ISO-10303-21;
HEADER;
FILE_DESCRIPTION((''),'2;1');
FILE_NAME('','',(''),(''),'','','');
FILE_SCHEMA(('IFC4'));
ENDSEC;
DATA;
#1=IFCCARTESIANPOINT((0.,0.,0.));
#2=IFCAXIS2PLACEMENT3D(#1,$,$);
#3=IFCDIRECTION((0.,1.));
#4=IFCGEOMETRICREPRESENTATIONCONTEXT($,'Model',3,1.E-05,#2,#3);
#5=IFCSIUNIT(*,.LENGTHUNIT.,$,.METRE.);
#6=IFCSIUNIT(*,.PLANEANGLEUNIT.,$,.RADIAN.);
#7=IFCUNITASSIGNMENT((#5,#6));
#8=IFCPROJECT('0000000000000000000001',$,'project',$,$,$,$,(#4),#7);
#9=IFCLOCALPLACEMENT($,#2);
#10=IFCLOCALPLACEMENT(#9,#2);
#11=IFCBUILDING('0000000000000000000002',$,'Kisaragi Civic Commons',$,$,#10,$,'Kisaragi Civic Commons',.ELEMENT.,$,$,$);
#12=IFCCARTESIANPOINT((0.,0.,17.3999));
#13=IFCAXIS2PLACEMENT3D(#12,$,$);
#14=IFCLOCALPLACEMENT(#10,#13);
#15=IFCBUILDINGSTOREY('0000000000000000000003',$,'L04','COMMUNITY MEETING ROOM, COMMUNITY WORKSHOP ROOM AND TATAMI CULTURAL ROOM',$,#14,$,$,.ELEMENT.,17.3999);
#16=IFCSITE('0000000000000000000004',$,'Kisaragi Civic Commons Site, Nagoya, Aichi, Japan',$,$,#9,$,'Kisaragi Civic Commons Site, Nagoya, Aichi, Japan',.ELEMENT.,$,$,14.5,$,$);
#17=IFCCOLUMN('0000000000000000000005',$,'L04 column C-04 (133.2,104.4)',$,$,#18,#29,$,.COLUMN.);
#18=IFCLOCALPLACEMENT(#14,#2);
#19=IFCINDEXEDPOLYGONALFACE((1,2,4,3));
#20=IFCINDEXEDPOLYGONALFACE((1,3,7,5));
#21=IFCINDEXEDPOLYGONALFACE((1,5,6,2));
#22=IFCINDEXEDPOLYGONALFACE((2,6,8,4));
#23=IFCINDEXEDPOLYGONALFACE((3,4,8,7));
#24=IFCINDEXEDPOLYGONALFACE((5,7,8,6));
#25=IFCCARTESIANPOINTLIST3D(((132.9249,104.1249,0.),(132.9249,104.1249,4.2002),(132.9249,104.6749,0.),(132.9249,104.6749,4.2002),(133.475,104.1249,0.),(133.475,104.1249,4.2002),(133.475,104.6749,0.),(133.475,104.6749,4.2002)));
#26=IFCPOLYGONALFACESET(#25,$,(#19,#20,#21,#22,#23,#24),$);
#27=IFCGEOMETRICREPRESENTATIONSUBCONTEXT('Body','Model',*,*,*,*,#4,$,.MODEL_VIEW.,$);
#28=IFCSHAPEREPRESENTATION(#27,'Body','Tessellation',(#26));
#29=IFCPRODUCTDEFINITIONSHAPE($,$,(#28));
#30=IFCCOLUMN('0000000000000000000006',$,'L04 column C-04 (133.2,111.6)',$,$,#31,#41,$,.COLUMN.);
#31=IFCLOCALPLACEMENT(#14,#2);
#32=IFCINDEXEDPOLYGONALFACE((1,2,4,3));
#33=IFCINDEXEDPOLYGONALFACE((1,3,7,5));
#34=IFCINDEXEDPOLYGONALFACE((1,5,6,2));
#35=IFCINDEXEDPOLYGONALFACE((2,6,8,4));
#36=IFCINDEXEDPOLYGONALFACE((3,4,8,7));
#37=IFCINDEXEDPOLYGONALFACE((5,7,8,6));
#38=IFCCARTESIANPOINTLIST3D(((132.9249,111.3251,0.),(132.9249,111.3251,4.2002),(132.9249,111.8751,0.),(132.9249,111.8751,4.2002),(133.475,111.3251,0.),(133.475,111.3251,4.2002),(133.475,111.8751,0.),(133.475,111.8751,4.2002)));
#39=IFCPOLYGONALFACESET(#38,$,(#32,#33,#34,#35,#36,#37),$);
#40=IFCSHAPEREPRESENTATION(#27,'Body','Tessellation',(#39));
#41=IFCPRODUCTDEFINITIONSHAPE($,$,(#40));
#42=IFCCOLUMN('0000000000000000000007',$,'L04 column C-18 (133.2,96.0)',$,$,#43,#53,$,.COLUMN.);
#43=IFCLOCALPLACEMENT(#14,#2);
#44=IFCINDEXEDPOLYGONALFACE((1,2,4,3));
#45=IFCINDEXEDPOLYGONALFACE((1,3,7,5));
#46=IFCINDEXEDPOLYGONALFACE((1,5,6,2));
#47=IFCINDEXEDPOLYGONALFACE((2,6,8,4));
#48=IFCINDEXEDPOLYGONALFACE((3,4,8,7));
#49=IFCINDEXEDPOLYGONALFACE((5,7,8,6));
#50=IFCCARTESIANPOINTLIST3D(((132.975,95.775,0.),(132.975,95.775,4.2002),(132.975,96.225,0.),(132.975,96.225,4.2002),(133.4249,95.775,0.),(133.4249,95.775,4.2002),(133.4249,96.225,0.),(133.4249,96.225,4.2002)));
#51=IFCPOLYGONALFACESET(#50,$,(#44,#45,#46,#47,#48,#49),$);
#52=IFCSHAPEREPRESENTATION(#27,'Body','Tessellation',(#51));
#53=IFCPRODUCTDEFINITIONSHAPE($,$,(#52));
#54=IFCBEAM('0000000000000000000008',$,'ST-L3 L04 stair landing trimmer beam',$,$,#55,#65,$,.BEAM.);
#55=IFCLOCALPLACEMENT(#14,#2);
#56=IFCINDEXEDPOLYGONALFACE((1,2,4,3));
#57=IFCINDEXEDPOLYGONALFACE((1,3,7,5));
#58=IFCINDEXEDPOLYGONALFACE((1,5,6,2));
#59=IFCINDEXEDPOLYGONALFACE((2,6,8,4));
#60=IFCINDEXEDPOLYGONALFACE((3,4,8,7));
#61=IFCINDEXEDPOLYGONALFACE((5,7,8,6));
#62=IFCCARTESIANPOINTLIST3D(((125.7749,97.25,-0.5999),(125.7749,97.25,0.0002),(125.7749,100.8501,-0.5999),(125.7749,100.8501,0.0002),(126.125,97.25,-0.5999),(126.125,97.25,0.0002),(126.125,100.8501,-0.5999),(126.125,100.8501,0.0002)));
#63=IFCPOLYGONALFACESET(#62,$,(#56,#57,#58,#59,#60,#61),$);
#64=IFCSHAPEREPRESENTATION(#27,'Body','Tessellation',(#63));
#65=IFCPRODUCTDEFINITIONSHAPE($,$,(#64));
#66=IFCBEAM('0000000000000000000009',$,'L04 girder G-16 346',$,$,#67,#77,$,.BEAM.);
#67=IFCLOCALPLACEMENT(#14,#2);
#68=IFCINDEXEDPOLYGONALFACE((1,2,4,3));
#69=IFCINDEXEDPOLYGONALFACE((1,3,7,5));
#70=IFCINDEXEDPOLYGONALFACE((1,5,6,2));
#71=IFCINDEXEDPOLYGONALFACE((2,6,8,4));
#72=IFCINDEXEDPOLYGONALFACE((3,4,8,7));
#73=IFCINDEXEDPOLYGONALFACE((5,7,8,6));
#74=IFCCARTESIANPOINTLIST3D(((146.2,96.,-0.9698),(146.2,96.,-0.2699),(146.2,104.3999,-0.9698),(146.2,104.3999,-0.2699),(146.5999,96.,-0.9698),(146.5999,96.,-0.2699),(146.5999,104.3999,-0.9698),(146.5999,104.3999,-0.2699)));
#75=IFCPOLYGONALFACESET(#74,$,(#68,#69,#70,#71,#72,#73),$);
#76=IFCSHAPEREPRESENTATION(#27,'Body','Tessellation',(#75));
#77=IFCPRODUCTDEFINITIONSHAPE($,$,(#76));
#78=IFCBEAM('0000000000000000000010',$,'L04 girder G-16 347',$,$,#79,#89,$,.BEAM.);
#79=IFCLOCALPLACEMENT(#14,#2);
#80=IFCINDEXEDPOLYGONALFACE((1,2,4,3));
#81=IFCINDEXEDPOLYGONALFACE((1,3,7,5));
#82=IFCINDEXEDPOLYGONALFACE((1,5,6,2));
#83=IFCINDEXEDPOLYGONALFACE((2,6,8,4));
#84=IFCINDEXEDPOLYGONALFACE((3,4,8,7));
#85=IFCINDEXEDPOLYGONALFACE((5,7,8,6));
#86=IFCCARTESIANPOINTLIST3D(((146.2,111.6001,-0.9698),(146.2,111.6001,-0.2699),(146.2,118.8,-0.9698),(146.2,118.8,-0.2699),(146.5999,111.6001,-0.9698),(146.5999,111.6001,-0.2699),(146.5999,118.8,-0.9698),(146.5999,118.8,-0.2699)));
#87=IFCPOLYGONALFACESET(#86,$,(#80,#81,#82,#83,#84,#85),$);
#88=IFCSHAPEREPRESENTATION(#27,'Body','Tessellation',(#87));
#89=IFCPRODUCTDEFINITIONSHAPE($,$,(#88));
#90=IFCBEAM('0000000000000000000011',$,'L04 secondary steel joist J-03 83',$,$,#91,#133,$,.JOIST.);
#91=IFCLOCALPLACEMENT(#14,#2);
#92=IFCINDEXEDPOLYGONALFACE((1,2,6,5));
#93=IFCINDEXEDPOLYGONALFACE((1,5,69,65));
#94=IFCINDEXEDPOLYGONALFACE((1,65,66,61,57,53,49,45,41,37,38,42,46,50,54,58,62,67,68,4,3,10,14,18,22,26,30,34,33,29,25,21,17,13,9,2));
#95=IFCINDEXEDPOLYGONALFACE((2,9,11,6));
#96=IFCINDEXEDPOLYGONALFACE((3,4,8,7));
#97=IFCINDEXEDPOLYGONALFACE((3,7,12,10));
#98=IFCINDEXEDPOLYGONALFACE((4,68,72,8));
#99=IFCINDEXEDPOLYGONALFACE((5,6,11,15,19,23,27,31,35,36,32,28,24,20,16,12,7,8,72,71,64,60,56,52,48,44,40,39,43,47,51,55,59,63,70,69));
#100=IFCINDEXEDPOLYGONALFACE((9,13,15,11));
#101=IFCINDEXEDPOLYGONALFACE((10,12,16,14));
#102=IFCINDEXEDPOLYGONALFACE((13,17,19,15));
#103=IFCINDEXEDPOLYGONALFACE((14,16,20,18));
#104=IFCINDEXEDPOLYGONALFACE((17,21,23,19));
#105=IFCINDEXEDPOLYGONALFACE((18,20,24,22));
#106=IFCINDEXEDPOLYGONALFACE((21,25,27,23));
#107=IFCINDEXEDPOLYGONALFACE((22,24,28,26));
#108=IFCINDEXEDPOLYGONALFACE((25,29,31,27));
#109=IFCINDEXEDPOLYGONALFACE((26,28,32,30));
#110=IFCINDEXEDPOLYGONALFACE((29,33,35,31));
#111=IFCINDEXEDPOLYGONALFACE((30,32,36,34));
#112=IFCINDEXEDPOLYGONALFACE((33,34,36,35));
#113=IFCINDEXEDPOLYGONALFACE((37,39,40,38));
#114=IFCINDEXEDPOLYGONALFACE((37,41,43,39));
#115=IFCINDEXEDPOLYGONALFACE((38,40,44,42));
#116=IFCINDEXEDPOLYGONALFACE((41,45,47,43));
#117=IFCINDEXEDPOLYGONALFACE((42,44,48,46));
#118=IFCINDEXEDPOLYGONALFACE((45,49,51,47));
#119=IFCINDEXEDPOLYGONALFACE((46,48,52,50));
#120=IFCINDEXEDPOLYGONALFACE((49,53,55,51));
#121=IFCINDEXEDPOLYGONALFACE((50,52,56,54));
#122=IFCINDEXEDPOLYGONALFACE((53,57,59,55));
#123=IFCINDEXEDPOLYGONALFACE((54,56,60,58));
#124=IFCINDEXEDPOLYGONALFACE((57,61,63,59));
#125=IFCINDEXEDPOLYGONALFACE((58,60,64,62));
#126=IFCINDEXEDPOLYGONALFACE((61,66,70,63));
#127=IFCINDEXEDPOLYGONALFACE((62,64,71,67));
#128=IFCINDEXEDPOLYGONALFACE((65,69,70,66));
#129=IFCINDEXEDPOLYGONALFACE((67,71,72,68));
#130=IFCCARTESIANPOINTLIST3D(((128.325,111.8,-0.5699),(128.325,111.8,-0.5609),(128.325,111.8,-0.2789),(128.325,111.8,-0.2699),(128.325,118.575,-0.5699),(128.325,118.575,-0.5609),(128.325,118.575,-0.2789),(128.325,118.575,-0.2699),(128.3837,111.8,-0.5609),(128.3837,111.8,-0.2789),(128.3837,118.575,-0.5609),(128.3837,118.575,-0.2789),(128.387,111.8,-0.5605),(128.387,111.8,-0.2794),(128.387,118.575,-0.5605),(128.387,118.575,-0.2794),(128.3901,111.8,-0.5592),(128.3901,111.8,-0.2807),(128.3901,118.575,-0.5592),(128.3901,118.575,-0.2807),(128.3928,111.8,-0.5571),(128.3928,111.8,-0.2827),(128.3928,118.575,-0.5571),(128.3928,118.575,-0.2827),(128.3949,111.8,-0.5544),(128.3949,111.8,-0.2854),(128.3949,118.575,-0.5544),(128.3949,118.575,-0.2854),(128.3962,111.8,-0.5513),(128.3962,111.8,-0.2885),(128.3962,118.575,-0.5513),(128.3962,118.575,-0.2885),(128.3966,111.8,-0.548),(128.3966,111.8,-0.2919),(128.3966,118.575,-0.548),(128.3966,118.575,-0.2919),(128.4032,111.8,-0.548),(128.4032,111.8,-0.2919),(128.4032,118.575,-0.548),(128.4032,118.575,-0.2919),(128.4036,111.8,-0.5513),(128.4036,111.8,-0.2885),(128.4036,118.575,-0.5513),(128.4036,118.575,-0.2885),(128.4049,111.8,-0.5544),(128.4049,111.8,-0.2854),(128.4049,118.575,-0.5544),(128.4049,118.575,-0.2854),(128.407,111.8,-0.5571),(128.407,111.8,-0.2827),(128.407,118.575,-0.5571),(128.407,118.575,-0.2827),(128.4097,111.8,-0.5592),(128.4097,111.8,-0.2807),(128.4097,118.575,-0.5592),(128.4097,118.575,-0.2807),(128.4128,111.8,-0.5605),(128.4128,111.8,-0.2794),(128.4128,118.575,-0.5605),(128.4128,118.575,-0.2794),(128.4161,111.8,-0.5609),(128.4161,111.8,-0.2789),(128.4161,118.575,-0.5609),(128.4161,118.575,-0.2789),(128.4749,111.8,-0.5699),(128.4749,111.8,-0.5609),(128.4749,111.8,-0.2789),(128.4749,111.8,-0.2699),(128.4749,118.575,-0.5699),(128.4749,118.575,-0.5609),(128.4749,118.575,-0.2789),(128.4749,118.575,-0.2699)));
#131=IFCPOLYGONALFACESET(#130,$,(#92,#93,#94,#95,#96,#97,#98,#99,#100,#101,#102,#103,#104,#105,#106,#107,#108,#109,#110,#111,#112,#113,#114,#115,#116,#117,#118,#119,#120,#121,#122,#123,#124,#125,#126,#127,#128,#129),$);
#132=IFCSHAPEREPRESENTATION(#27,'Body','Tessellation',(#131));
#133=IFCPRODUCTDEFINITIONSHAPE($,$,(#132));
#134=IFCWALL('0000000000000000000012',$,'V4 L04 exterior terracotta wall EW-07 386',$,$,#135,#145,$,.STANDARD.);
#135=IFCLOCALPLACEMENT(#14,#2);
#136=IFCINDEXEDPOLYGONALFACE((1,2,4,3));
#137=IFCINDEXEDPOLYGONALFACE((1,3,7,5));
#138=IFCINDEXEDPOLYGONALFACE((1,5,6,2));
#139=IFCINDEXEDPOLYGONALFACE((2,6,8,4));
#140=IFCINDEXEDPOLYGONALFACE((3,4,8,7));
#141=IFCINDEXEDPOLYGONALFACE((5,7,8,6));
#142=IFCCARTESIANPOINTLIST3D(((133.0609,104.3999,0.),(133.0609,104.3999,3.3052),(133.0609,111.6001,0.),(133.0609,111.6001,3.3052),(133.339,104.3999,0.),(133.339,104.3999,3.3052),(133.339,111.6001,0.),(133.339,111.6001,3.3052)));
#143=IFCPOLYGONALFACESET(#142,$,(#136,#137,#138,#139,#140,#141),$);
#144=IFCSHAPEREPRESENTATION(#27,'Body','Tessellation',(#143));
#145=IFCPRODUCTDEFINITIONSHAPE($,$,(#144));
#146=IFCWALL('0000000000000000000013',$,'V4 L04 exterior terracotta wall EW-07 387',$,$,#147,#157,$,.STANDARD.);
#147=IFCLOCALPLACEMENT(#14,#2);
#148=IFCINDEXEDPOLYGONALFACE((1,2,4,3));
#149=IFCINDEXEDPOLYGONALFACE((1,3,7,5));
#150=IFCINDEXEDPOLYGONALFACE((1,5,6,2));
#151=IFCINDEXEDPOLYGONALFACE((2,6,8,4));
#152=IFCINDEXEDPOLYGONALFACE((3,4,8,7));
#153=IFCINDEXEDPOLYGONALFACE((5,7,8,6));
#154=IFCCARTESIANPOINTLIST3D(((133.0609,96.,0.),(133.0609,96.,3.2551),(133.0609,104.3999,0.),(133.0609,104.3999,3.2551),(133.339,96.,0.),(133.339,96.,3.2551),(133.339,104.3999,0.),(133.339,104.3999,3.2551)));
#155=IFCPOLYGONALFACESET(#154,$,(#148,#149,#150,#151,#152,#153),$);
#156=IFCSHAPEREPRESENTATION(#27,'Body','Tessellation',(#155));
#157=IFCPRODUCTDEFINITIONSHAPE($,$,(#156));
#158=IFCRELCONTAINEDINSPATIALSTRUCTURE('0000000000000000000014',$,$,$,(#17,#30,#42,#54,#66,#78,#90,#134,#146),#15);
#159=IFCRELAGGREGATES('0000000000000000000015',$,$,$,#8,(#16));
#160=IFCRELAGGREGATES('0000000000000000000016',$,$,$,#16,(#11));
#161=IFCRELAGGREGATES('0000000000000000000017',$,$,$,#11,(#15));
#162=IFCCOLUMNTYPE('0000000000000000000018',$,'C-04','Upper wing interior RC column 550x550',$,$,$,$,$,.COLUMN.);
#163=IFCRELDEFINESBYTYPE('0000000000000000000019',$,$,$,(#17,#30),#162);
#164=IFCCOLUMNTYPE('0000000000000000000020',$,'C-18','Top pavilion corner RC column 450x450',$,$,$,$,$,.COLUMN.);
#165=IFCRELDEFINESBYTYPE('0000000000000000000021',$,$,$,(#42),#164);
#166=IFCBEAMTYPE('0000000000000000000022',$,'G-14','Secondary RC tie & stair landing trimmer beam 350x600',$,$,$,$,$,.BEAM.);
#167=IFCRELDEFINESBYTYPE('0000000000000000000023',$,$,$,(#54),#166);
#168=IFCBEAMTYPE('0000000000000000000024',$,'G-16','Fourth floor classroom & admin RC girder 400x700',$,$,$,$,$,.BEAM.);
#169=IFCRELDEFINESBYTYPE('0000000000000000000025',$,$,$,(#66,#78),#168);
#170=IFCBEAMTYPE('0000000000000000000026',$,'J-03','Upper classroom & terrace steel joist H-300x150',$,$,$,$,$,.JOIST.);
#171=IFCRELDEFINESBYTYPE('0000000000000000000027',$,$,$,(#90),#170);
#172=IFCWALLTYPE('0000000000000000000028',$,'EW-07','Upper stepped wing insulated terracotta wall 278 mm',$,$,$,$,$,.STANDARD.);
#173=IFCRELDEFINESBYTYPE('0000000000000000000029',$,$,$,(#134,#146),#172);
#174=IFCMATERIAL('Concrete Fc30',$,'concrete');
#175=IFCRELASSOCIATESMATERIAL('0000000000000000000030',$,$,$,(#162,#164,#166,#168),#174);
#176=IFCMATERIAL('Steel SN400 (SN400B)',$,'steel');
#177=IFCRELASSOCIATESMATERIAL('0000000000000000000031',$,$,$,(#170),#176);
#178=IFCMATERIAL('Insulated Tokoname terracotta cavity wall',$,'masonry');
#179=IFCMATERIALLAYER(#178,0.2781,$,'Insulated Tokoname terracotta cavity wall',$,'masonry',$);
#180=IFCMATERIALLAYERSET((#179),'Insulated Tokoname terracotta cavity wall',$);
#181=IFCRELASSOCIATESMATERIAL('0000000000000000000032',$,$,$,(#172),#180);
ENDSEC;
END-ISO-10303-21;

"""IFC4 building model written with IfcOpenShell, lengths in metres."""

from ifc_helpers import new_model, si_unit, direction, frame, frame_2d, origin, origin_2d, place, context, subcontext, project, spatial, rectangle, i_section, extrude, material, layer, layer_set, material_profile, profile_set, type_object, element, save


model = new_model("IFC4")

# Units and contexts
model_context = context("Model", 3, precision=1e-05, world=origin(), true_north=direction((0.0, 1.0)))
body_context = subcontext(model_context, "Body", "Model", "MODEL_VIEW")
ifc_project = project(units=[si_unit("LENGTHUNIT", "METRE"), si_unit("PLANEANGLEUNIT", "RADIAN")], contexts=[model_context])

# Site, building, storey
site_placement = place(None, origin())
site = spatial("IfcSite", under=ifc_project, at=site_placement, Name="Kisaragi Civic Commons Site, Nagoya, Aichi, Japan", LongName="Kisaragi Civic Commons Site, Nagoya, Aichi, Japan", CompositionType="ELEMENT", RefElevation=14.5)
building_placement = place(site_placement, origin())
building = spatial("IfcBuilding", under=site, at=building_placement, Name="Kisaragi Civic Commons", LongName="Kisaragi Civic Commons", CompositionType="ELEMENT")
storey_placement = place(building_placement, frame((0.0, 0.0, 17.3999)))
storey = spatial("IfcBuildingStorey", under=building, at=storey_placement, Name="L04", Description="COMMUNITY MEETING ROOM, COMMUNITY WORKSHOP ROOM AND TATAMI CULTURAL ROOM", CompositionType="ELEMENT", Elevation=17.3999)

# Columns
ifc_material_1 = material(Name="Concrete Fc30", Category="concrete")
ifc_material_profile_1 = material_profile(ifc_material_1, rectangle(XDim=0.55, YDim=0.55, at=origin_2d()), Name="RC-550x550", Category="concrete")
ifc_profile_set_1 = profile_set([ifc_material_profile_1], Name="Concrete Fc30")
column_type_1 = type_object("IfcColumnType", Name="C-04", Description="Upper wing interior RC column 550x550", PredefinedType="COLUMN", material=ifc_profile_set_1)
for number, where, z_axis, x_axis, name in (
    (1, (133.2, 104.3999, 0.0), (0.0, 0.0, 1.0), (1.0, 0.0, 0.0), "L04 column C-04 (133.2,104.4)"),
    (2, (133.2, 111.6001, 0.0), (0.0, 0.0, 1.0), (1.0, 0.0, 0.0), "L04 column C-04 (133.2,111.6)"),
):
    element("IfcColumn", number, at=place(storey_placement, frame(where, z_axis=z_axis, x_axis=x_axis)), inside=storey, type_object=column_type_1, Name=name, PredefinedType="COLUMN", context=body_context, shape_type="SweptSolid", body=[
        extrude(rectangle(XDim=0.55, YDim=0.55, at=origin_2d()), origin(), (0.0, 0.0, 1.0), 4.2002),
    ])
ifc_material_profile_2 = material_profile(ifc_material_1, rectangle(XDim=0.45, YDim=0.45, at=origin_2d()), Name="RC-450x450", Category="concrete")
ifc_profile_set_2 = profile_set([ifc_material_profile_2], Name="Concrete Fc30")
column_type_2 = type_object("IfcColumnType", Name="C-18", Description="Top pavilion corner RC column 450x450", PredefinedType="COLUMN", material=ifc_profile_set_2)
column_placement = place(storey_placement, frame((133.2, 96.0, 0.0), z_axis=(0.0, 0.0, 1.0), x_axis=(1.0, 0.0, 0.0)))
element("IfcColumn", 3, at=column_placement, inside=storey, type_object=column_type_2, Name="L04 column C-18 (133.2,96.0)", PredefinedType="COLUMN", context=body_context, shape_type="SweptSolid", body=[
    extrude(rectangle(XDim=0.45, YDim=0.45, at=origin_2d()), origin(), (0.0, 0.0, 1.0), 4.2002),
])

# Beams
ifc_material_profile_3 = material_profile(ifc_material_1, rectangle(XDim=0.3501, YDim=0.6001, at=origin_2d()), Name="RC-350x600", Category="concrete")
ifc_profile_set_3 = profile_set([ifc_material_profile_3], Name="Concrete Fc30")
beam_type_1 = type_object("IfcBeamType", Name="G-14", Description="Secondary RC tie & stair landing trimmer beam 350x600", PredefinedType="BEAM", material=ifc_profile_set_3)
beam_1_placement = place(storey_placement, frame((125.95, 97.25, -0.2998), z_axis=(0.0, 1.0, 0.0), x_axis=(-1.0, 0.0, 0.0)))
element("IfcBeam", 4, at=beam_1_placement, inside=storey, type_object=beam_type_1, Name="ST-L3 L04 stair landing trimmer beam", PredefinedType="BEAM", context=body_context, shape_type="SweptSolid", body=[
    extrude(rectangle(XDim=0.3501, YDim=0.6001, at=origin_2d()), origin(), (0.0, 0.0, 1.0), 3.6001),
])
ifc_material_profile_4 = material_profile(ifc_material_1, rectangle(XDim=0.3999, YDim=0.7, at=origin_2d()), Name="RC-400x700", Category="concrete")
ifc_profile_set_4 = profile_set([ifc_material_profile_4], Name="Concrete Fc30")
beam_type_2 = type_object("IfcBeamType", Name="G-16", Description="Fourth floor classroom & admin RC girder 400x700", PredefinedType="BEAM", material=ifc_profile_set_4)
beam_2_placement = place(storey_placement, frame((146.3999, 96.0, -0.6199), z_axis=(0.0, 1.0, 0.0), x_axis=(-1.0, 0.0, 0.0)))
element("IfcBeam", 5, at=beam_2_placement, inside=storey, type_object=beam_type_2, Name="L04 girder G-16 346", PredefinedType="BEAM", context=body_context, shape_type="SweptSolid", body=[
    extrude(rectangle(XDim=0.3999, YDim=0.7, at=origin_2d()), origin(), (0.0, 0.0, 1.0), 8.3999),
])
beam_3_placement = place(storey_placement, frame((146.3999, 111.6001, -0.6199), z_axis=(0.0, 1.0, 0.0), x_axis=(-1.0, 0.0, 0.0)))
element("IfcBeam", 6, at=beam_3_placement, inside=storey, type_object=beam_type_2, Name="L04 girder G-16 347", PredefinedType="BEAM", context=body_context, shape_type="SweptSolid", body=[
    extrude(rectangle(XDim=0.3999, YDim=0.7, at=origin_2d()), origin(), (0.0, 0.0, 1.0), 7.2),
])
ifc_material_2 = material(Name="Steel SN400 (SN400B)", Category="steel")
ifc_material_profile_5 = material_profile(ifc_material_2, i_section(OverallWidth=0.1499, OverallDepth=0.3, WebThickness=0.0066, FlangeThickness=0.009, FilletRadius=0.0129, at=origin_2d()), Name="H-300x150x6.5x9", Category="steel")
ifc_profile_set_5 = profile_set([ifc_material_profile_5], Name="Steel SN400 (SN400B)")
beam_type_3 = type_object("IfcBeamType", Name="J-03", Description="Upper classroom & terrace steel joist H-300x150", PredefinedType="JOIST", material=ifc_profile_set_5)
beam_4_placement = place(storey_placement, frame((128.3999, 111.8, -0.4199), z_axis=(0.0, 1.0, 0.0), x_axis=(-1.0, 0.0, 0.0)))
element("IfcBeam", 7, at=beam_4_placement, inside=storey, type_object=beam_type_3, Name="L04 secondary steel joist J-03 83", PredefinedType="JOIST", context=body_context, shape_type="SweptSolid", body=[
    extrude(i_section(OverallWidth=0.1499, OverallDepth=0.3, WebThickness=0.0066, FlangeThickness=0.009, FilletRadius=0.0129, at=origin_2d()), origin(), (0.0, 0.0, 1.0), 6.7749),
])

# Walls
ifc_material_3 = material(Name="Insulated Tokoname terracotta cavity wall", Category="masonry")
ifc_layer_1 = layer(ifc_material_3, 0.2781, Name="Insulated Tokoname terracotta cavity wall", Category="masonry")
ifc_layer_set_1 = layer_set([ifc_layer_1], Name="Insulated Tokoname terracotta cavity wall")
wall_type_1 = type_object("IfcWallType", Name="EW-07", Description="Upper stepped wing insulated terracotta wall 278 mm", PredefinedType="STANDARD", material=ifc_layer_set_1)
wall_1_placement = place(storey_placement, frame((133.2, 111.6001, 0.0), z_axis=(0.0, 0.0, 1.0), x_axis=(0.0, -1.0, 0.0)))
element("IfcWall", 8, at=wall_1_placement, inside=storey, type_object=wall_type_1, Name="V4 L04 exterior terracotta wall EW-07 386", PredefinedType="STANDARD", context=body_context, shape_type="SweptSolid", body=[
    extrude(rectangle(XDim=7.2002, YDim=0.2781, at=frame_2d((3.6001, 0.0))), origin(), (0.0, 0.0, 1.0), 3.3052),
])
wall_2_placement = place(storey_placement, frame((133.2, 104.3999, 0.0), z_axis=(0.0, 0.0, 1.0), x_axis=(0.0, -1.0, 0.0)))
element("IfcWall", 9, at=wall_2_placement, inside=storey, type_object=wall_type_1, Name="V4 L04 exterior terracotta wall EW-07 387", PredefinedType="STANDARD", context=body_context, shape_type="SweptSolid", body=[
    extrude(rectangle(XDim=8.3999, YDim=0.2781, at=frame_2d((4.2, 0.0))), origin(), (0.0, 0.0, 1.0), 3.2551),
])

save(model, "model.ifc")
